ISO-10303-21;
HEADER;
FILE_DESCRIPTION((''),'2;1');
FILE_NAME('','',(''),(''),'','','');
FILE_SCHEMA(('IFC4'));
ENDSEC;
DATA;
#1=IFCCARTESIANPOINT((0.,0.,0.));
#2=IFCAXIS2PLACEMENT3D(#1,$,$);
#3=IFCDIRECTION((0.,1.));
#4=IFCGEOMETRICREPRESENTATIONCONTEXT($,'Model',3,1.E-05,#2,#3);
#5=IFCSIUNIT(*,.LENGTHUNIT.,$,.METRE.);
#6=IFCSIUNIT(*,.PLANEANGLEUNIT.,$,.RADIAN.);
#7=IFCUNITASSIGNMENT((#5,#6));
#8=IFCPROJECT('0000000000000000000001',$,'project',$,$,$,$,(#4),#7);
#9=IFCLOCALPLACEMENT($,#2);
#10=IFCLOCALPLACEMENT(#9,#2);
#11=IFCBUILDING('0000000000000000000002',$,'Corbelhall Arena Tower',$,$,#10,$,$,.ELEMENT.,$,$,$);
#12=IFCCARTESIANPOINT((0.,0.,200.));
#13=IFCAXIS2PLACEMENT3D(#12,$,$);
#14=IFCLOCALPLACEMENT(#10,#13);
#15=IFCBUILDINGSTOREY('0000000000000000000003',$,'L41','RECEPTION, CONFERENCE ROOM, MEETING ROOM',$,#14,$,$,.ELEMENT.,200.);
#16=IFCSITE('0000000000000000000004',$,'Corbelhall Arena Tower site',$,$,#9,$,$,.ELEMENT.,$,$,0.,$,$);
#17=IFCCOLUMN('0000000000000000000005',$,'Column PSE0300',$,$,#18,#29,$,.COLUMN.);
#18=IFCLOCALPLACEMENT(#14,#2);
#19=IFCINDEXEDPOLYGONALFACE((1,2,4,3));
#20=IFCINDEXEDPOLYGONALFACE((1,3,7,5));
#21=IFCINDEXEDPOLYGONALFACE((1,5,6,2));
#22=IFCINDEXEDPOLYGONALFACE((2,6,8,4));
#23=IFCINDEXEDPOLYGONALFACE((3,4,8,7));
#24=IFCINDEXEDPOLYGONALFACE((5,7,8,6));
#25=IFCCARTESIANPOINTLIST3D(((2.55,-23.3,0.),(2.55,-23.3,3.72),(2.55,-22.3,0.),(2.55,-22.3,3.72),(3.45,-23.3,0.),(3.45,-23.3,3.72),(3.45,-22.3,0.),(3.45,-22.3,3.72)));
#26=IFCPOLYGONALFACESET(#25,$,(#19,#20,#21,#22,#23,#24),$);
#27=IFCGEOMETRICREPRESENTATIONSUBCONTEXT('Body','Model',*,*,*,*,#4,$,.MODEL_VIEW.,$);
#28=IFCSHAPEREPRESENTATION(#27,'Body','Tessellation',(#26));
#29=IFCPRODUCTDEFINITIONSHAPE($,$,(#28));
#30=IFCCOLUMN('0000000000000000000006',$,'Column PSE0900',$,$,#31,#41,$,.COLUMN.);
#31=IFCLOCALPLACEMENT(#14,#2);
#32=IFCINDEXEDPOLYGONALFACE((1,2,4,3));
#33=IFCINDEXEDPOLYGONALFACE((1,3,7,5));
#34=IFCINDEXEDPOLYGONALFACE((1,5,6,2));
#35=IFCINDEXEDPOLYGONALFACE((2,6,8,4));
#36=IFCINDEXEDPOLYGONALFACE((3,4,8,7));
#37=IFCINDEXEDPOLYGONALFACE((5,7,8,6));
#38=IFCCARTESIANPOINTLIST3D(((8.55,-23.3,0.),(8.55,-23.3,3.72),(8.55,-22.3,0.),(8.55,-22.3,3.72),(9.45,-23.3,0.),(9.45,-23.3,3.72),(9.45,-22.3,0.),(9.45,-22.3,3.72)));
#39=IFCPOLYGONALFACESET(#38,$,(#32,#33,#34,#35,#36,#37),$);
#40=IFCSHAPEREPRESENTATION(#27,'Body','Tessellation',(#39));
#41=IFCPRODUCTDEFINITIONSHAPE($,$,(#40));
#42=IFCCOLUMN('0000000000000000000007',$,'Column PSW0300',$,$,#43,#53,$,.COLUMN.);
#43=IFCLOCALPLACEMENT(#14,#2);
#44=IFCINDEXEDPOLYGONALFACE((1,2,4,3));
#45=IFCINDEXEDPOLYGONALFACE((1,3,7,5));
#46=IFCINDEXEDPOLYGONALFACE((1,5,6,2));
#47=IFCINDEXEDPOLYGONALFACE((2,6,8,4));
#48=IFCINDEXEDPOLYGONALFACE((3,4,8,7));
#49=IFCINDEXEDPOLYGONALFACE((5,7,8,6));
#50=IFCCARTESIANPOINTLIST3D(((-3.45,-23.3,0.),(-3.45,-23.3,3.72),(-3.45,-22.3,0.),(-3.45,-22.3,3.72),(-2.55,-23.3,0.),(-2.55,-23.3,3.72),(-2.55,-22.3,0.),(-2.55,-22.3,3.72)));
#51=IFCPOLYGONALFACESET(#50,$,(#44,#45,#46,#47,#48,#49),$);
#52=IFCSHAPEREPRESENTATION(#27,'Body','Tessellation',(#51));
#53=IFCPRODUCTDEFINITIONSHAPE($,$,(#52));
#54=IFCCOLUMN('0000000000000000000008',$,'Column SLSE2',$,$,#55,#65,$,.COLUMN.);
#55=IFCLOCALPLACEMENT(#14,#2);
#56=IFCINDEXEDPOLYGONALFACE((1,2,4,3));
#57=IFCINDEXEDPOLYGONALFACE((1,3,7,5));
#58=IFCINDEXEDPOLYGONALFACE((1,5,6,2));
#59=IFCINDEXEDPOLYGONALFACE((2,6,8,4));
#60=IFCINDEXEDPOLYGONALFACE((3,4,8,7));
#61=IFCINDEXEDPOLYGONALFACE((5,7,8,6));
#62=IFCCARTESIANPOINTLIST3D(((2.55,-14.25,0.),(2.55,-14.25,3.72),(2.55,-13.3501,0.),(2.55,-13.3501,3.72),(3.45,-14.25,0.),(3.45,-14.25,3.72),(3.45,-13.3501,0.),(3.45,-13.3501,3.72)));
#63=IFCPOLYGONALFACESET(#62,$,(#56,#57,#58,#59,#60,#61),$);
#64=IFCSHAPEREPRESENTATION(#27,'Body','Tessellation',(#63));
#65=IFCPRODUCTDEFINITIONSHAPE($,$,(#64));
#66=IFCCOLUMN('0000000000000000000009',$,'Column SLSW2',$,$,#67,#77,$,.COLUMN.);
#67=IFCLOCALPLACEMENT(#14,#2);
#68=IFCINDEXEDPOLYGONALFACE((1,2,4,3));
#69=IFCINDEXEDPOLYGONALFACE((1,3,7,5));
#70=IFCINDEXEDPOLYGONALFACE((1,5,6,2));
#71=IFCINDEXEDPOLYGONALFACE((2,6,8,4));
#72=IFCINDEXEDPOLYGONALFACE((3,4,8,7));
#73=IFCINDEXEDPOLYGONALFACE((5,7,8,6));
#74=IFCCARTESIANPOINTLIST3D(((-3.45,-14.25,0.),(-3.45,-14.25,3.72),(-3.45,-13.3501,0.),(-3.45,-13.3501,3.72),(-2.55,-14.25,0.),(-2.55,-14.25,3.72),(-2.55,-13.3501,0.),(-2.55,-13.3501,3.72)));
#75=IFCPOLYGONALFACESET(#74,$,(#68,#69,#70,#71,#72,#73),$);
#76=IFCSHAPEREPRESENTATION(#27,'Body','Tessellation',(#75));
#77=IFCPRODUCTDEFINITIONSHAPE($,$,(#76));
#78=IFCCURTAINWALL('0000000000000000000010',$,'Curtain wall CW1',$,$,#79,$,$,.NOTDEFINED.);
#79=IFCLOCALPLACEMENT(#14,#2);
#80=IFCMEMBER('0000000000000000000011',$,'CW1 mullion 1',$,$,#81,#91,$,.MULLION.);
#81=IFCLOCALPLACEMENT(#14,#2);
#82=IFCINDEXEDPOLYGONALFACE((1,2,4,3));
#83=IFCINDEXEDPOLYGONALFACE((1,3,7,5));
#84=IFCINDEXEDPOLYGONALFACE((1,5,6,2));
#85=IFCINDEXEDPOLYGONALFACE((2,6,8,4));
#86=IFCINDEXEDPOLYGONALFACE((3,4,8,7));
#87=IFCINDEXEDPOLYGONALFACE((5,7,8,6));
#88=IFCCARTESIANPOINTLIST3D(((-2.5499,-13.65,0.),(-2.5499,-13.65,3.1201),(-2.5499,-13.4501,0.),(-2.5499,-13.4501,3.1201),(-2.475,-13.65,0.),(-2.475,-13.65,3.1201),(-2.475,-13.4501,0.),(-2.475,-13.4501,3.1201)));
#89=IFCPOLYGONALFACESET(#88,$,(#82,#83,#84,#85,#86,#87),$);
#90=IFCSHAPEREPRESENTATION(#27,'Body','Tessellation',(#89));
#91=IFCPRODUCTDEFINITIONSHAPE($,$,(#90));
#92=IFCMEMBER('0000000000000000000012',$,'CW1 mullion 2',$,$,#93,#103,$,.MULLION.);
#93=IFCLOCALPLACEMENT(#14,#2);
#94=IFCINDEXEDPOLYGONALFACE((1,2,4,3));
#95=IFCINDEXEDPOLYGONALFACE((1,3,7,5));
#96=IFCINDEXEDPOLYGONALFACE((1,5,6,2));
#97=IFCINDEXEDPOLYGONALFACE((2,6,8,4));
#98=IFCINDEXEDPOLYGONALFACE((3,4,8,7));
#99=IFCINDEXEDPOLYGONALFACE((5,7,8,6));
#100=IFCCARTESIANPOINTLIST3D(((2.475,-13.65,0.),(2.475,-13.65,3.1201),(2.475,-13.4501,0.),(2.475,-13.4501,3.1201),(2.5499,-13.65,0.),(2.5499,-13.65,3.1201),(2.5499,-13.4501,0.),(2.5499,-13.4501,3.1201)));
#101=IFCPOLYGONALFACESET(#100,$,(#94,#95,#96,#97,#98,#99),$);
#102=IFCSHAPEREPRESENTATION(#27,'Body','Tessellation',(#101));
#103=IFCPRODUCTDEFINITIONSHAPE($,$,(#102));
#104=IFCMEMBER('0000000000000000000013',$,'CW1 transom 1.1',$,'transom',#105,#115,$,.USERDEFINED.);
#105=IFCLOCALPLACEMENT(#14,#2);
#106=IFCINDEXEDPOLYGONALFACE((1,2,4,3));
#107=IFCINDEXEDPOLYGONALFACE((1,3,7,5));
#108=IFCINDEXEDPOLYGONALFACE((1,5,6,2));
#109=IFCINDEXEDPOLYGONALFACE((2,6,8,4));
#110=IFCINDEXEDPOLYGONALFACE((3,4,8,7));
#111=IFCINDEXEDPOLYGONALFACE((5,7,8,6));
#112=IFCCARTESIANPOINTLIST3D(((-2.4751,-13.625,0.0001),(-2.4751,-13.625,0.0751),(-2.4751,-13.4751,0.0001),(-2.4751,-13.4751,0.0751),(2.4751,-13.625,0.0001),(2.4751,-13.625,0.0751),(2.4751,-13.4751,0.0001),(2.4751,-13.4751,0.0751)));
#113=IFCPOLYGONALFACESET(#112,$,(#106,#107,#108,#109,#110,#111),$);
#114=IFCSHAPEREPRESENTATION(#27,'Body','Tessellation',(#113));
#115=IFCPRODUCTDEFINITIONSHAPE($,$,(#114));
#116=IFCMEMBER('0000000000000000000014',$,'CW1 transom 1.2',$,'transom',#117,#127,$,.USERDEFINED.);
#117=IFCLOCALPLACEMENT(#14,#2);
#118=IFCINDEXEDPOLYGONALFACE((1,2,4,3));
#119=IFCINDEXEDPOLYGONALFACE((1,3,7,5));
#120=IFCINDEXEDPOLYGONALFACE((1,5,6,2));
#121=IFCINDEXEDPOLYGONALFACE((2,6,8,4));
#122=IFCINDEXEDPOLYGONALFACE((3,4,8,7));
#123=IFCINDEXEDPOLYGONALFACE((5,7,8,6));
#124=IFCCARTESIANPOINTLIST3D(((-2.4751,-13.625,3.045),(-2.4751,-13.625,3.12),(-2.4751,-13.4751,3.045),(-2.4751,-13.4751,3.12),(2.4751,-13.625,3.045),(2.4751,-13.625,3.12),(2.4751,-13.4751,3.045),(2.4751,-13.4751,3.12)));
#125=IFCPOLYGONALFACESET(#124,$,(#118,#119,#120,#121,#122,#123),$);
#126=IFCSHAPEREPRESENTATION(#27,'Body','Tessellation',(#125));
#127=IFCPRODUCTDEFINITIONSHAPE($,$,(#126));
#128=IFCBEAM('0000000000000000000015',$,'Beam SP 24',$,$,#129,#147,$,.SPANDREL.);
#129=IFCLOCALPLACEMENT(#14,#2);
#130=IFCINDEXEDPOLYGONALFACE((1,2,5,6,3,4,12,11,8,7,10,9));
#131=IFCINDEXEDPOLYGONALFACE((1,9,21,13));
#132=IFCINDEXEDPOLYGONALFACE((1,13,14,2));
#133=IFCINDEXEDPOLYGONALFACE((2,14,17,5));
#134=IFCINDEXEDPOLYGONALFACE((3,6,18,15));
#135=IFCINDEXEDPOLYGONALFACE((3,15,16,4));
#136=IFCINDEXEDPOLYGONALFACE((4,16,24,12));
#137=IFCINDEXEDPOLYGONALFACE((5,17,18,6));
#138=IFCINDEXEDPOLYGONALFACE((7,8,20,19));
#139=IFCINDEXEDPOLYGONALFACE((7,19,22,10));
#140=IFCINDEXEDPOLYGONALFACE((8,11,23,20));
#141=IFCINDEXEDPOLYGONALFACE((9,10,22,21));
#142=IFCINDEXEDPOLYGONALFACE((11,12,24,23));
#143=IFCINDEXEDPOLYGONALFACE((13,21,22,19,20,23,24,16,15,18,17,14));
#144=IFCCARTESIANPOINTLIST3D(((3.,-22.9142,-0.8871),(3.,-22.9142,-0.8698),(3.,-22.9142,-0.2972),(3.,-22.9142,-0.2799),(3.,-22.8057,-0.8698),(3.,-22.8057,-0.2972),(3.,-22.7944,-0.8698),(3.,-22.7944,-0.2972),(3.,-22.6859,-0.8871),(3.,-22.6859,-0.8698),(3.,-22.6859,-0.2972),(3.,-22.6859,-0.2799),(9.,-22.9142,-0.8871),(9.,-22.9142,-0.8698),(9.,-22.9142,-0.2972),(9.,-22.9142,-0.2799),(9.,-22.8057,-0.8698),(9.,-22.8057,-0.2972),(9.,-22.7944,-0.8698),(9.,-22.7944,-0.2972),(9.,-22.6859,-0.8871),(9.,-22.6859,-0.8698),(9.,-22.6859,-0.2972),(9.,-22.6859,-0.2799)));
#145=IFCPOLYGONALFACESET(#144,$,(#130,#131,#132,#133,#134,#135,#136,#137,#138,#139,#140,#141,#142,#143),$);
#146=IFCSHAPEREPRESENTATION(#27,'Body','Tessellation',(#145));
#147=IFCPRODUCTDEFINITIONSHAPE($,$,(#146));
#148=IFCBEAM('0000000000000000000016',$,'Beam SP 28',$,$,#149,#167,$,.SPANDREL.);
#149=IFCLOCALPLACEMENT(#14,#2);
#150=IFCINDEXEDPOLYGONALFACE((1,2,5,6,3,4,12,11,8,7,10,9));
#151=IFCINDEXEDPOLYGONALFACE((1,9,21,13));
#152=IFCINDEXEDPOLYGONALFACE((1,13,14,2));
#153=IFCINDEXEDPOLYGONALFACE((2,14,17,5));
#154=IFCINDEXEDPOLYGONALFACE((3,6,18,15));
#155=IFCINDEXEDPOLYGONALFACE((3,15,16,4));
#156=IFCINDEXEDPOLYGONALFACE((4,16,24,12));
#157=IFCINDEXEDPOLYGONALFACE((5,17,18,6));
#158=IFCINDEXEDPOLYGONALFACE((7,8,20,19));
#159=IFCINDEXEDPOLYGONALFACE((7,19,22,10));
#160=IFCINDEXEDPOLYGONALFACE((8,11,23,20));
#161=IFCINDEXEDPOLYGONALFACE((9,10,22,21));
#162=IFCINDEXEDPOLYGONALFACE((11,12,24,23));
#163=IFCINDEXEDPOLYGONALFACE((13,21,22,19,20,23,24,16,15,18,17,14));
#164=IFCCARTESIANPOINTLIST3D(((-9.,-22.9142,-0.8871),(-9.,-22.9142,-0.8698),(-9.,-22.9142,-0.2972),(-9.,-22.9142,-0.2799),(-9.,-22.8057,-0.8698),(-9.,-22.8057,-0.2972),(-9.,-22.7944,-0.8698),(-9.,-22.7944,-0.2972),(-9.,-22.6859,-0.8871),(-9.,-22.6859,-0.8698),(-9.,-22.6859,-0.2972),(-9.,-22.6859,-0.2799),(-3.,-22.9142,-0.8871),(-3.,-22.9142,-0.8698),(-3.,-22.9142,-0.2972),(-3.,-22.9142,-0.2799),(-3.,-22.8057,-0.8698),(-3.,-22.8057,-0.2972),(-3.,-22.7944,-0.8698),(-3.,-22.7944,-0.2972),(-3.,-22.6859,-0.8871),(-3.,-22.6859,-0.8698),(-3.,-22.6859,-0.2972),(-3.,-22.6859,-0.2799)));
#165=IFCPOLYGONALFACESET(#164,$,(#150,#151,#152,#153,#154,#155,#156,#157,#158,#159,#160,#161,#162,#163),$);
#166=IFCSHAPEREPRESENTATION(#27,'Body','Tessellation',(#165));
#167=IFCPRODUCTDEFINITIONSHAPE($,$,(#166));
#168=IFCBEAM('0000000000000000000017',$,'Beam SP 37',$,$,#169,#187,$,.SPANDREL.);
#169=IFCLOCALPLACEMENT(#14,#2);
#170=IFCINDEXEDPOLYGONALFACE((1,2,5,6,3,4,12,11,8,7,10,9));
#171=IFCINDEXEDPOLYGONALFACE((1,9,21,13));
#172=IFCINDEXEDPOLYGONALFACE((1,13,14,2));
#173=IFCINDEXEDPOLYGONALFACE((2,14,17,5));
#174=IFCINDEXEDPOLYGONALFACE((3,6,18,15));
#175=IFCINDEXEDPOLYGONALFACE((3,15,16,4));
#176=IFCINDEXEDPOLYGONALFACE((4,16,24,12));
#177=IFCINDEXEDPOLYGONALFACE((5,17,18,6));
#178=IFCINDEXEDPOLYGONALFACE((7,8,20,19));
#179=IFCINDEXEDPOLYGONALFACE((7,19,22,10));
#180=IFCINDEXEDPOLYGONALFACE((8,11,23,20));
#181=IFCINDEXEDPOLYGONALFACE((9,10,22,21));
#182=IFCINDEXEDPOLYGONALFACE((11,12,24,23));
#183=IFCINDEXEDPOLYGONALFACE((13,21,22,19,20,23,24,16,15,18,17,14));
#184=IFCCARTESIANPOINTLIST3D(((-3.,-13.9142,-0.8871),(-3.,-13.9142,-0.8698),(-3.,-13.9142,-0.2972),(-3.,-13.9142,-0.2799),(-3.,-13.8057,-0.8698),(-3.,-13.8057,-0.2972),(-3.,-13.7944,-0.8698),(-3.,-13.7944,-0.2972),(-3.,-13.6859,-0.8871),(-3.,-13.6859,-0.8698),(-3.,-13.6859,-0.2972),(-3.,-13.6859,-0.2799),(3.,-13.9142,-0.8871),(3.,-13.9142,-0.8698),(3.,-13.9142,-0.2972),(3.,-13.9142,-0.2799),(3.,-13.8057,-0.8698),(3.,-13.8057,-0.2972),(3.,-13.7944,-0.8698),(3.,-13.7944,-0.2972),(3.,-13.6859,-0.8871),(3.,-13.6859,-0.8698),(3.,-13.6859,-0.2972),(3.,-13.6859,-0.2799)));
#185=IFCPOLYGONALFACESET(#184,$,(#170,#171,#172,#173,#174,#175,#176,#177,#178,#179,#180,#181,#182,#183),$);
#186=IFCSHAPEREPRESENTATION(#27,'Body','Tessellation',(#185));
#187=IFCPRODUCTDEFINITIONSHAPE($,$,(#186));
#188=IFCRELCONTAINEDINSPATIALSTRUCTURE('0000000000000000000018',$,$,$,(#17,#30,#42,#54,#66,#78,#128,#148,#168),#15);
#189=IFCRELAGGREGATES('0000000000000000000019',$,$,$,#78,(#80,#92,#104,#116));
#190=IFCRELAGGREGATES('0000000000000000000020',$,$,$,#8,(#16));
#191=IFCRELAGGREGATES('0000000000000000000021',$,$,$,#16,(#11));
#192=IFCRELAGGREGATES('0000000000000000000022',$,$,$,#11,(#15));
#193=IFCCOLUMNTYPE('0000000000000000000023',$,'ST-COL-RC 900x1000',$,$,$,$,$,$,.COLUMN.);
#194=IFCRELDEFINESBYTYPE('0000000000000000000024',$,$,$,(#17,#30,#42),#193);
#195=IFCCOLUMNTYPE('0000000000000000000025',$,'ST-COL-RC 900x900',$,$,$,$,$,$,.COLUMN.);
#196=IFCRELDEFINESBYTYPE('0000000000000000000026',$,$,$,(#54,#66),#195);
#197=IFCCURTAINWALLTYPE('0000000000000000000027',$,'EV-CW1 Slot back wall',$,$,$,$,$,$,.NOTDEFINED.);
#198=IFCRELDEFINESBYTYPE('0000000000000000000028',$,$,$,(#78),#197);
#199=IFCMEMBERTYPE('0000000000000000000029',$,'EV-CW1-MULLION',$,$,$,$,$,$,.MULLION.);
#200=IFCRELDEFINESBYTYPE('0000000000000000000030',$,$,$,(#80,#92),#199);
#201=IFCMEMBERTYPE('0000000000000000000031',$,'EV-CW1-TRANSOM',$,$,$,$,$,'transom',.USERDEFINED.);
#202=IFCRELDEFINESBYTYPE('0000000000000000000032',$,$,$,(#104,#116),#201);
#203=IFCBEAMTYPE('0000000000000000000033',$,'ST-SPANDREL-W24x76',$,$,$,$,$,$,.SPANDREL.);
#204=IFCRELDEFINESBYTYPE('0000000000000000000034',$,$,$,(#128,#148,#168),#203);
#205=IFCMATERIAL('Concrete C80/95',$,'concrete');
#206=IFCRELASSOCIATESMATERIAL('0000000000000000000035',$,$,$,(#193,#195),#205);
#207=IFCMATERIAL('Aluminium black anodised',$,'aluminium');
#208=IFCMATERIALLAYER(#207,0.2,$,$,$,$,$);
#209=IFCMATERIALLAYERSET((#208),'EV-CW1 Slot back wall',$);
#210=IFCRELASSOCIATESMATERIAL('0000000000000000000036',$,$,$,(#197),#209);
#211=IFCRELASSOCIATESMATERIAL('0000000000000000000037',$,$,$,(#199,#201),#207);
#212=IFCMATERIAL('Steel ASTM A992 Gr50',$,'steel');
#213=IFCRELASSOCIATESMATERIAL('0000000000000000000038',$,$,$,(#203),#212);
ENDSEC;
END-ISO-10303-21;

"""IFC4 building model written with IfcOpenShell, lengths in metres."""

from ifc_helpers import new_model, si_unit, direction, frame, origin, origin_2d, place, context, subcontext, project, spatial, rectangle, i_section, extrude, material, layer, layer_set, material_profile, profile_set, type_object, element, aggregate, save


model = new_model("IFC4")

# Units and contexts
model_context = context("Model", 3, precision=1e-05, world=origin(), true_north=direction((0.0, 1.0)))
body_context = subcontext(model_context, "Body", "Model", "MODEL_VIEW")
ifc_project = project(units=[si_unit("LENGTHUNIT", "METRE"), si_unit("PLANEANGLEUNIT", "RADIAN")], contexts=[model_context])

# Site, building, storey
site_placement = place(None, origin())
site = spatial("IfcSite", under=ifc_project, at=site_placement, Name="Corbelhall Arena Tower site", CompositionType="ELEMENT", RefElevation=0.0)
building_placement = place(site_placement, origin())
building = spatial("IfcBuilding", under=site, at=building_placement, Name="Corbelhall Arena Tower", CompositionType="ELEMENT")
storey_placement = place(building_placement, frame((0.0, 0.0, 200.0)))
storey = spatial("IfcBuildingStorey", under=building, at=storey_placement, Name="L41", Description="RECEPTION, CONFERENCE ROOM, MEETING ROOM", CompositionType="ELEMENT", Elevation=200.0)

# Columns
ifc_material_1 = material(Name="Concrete C80/95", Category="concrete")
ifc_material_profile_1 = material_profile(ifc_material_1, rectangle(XDim=0.8999, YDim=1.0, at=origin_2d()))
ifc_profile_set_1 = profile_set([ifc_material_profile_1], Name="Concrete C80/95")
column_type_1 = type_object("IfcColumnType", Name="ST-COL-RC 900x1000", PredefinedType="COLUMN", material=ifc_profile_set_1)
for number, where, z_axis, x_axis, name in (
    (1, (3.0, -22.8, 0.0), (0.0, 0.0, 1.0), (1.0, 0.0, 0.0), "Column PSE0300"),
    (2, (9.0, -22.8, 0.0), (0.0, 0.0, 1.0), (1.0, 0.0, 0.0), "Column PSE0900"),
    (3, (-3.0, -22.8, 0.0), (0.0, 0.0, 1.0), (1.0, 0.0, 0.0), "Column PSW0300"),
):
    element("IfcColumn", number, at=place(storey_placement, frame(where, z_axis=z_axis, x_axis=x_axis)), inside=storey, type_object=column_type_1, Name=name, PredefinedType="COLUMN", context=body_context, shape_type="SweptSolid", body=[
        extrude(rectangle(XDim=0.8999, YDim=1.0, at=origin_2d()), origin(), (0.0, 0.0, 1.0), 3.72),
    ])
ifc_material_profile_2 = material_profile(ifc_material_1, rectangle(XDim=0.8999, YDim=0.8999, at=origin_2d()))
ifc_profile_set_2 = profile_set([ifc_material_profile_2], Name="Concrete C80/95")
column_type_2 = type_object("IfcColumnType", Name="ST-COL-RC 900x900", PredefinedType="COLUMN", material=ifc_profile_set_2)
for number, where, z_axis, x_axis, name in (
    (4, (3.0, -13.8, 0.0), (0.0, 0.0, 1.0), (1.0, 0.0, 0.0), "Column SLSE2"),
    (5, (-3.0, -13.8, 0.0), (0.0, 0.0, 1.0), (1.0, 0.0, 0.0), "Column SLSW2"),
):
    element("IfcColumn", number, at=place(storey_placement, frame(where, z_axis=z_axis, x_axis=x_axis)), inside=storey, type_object=column_type_2, Name=name, PredefinedType="COLUMN", context=body_context, shape_type="SweptSolid", body=[
        extrude(rectangle(XDim=0.8999, YDim=0.8999, at=origin_2d()), origin(), (0.0, 0.0, 1.0), 3.72),
    ])

# Curtain wall, members
ifc_material_2 = material(Name="Aluminium black anodised", Category="aluminium")
ifc_layer_1 = layer(ifc_material_2, 0.2)
ifc_layer_set_1 = layer_set([ifc_layer_1], Name="EV-CW1 Slot back wall")
curtain_wall_type = type_object("IfcCurtainWallType", Name="EV-CW1 Slot back wall", PredefinedType="NOTDEFINED", material=ifc_layer_set_1)
curtain_wall_placement = place(storey_placement, origin())
curtain_wall = element("IfcCurtainWall", 6, at=curtain_wall_placement, inside=storey, type_object=curtain_wall_type, Name="Curtain wall CW1", PredefinedType="NOTDEFINED")
ifc_material_profile_3 = material_profile(ifc_material_2, rectangle(XDim=0.2, YDim=0.075, at=origin_2d()))
ifc_profile_set_3 = profile_set([ifc_material_profile_3], Name="Aluminium black anodised")
member_type_1 = type_object("IfcMemberType", Name="EV-CW1-MULLION", PredefinedType="MULLION", material=ifc_profile_set_3)
member_1_placement = place(storey_placement, frame((-2.5125, -13.55, 0.0), z_axis=(0.0, 0.0, 1.0), x_axis=(0.0, 1.0, 0.0)))
member_1 = element("IfcMember", 7, at=member_1_placement, type_object=member_type_1, Name="CW1 mullion 1", PredefinedType="MULLION", context=body_context, shape_type="SweptSolid", body=[
    extrude(rectangle(XDim=0.2, YDim=0.075, at=origin_2d()), origin(), (0.0, 0.0, 1.0), 3.1201),
])
member_2_placement = place(storey_placement, frame((2.5125, -13.55, 0.0), z_axis=(0.0, 0.0, 1.0), x_axis=(0.0, 1.0, 0.0)))
member_2 = element("IfcMember", 8, at=member_2_placement, type_object=member_type_1, Name="CW1 mullion 2", PredefinedType="MULLION", context=body_context, shape_type="SweptSolid", body=[
    extrude(rectangle(XDim=0.2, YDim=0.075, at=origin_2d()), origin(), (0.0, 0.0, 1.0), 3.1201),
])
ifc_material_profile_4 = material_profile(ifc_material_2, rectangle(XDim=0.1499, YDim=0.075, at=origin_2d()))
ifc_profile_set_4 = profile_set([ifc_material_profile_4], Name="Aluminium black anodised")
member_type_2 = type_object("IfcMemberType", Name="EV-CW1-TRANSOM", ElementType="transom", PredefinedType="USERDEFINED", material=ifc_profile_set_4)
member_3_placement = place(storey_placement, frame((-2.4751, -13.55, 0.0376), z_axis=(1.0, 0.0, 0.0), x_axis=(0.0, 1.0, 0.0)))
member_3 = element("IfcMember", 9, at=member_3_placement, type_object=member_type_2, Name="CW1 transom 1.1", ObjectType="transom", PredefinedType="USERDEFINED", context=body_context, shape_type="SweptSolid", body=[
    extrude(rectangle(XDim=0.1499, YDim=0.075, at=origin_2d()), origin(), (0.0, 0.0, 1.0), 4.9502),
])
member_4_placement = place(storey_placement, frame((-2.4751, -13.55, 3.0825), z_axis=(1.0, 0.0, 0.0), x_axis=(0.0, 1.0, 0.0)))
member_4 = element("IfcMember", 10, at=member_4_placement, type_object=member_type_2, Name="CW1 transom 1.2", ObjectType="transom", PredefinedType="USERDEFINED", context=body_context, shape_type="SweptSolid", body=[
    extrude(rectangle(XDim=0.1499, YDim=0.075, at=origin_2d()), origin(), (0.0, 0.0, 1.0), 4.9502),
])

# Beams
ifc_material_3 = material(Name="Steel ASTM A992 Gr50", Category="steel")
ifc_material_profile_5 = material_profile(ifc_material_3, i_section(OverallWidth=0.2283, OverallDepth=0.6072, WebThickness=0.0112, FlangeThickness=0.0173, at=origin_2d()))
ifc_profile_set_5 = profile_set([ifc_material_profile_5], Name="Steel ASTM A992 Gr50")
beam_type_1 = type_object("IfcBeamType", Name="ST-SPANDREL-W24x76", PredefinedType="SPANDREL", material=ifc_profile_set_5)
for number, where, z_axis, x_axis, name in (
    (11, (9.0, -22.8, -0.5835), (-1.0, 0.0, 0.0), (0.0, -1.0, 0.0), "Beam SP 24"),
    (12, (-3.0, -22.8, -0.5835), (-1.0, 0.0, 0.0), (0.0, -1.0, 0.0), "Beam SP 28"),
    (13, (3.0, -13.8, -0.5835), (-1.0, 0.0, 0.0), (0.0, -1.0, 0.0), "Beam SP 37"),
):
    element("IfcBeam", number, at=place(storey_placement, frame(where, z_axis=z_axis, x_axis=x_axis)), inside=storey, type_object=beam_type_1, Name=name, PredefinedType="SPANDREL", context=body_context, shape_type="SweptSolid", body=[
        extrude(i_section(OverallWidth=0.2283, OverallDepth=0.6072, WebThickness=0.0112, FlangeThickness=0.0173, at=origin_2d()), origin(), (0.0, 0.0, 1.0), 6.0),
    ])

aggregate(curtain_wall, [member_1, member_2, member_3, member_4])

save(model, "model.ifc")
